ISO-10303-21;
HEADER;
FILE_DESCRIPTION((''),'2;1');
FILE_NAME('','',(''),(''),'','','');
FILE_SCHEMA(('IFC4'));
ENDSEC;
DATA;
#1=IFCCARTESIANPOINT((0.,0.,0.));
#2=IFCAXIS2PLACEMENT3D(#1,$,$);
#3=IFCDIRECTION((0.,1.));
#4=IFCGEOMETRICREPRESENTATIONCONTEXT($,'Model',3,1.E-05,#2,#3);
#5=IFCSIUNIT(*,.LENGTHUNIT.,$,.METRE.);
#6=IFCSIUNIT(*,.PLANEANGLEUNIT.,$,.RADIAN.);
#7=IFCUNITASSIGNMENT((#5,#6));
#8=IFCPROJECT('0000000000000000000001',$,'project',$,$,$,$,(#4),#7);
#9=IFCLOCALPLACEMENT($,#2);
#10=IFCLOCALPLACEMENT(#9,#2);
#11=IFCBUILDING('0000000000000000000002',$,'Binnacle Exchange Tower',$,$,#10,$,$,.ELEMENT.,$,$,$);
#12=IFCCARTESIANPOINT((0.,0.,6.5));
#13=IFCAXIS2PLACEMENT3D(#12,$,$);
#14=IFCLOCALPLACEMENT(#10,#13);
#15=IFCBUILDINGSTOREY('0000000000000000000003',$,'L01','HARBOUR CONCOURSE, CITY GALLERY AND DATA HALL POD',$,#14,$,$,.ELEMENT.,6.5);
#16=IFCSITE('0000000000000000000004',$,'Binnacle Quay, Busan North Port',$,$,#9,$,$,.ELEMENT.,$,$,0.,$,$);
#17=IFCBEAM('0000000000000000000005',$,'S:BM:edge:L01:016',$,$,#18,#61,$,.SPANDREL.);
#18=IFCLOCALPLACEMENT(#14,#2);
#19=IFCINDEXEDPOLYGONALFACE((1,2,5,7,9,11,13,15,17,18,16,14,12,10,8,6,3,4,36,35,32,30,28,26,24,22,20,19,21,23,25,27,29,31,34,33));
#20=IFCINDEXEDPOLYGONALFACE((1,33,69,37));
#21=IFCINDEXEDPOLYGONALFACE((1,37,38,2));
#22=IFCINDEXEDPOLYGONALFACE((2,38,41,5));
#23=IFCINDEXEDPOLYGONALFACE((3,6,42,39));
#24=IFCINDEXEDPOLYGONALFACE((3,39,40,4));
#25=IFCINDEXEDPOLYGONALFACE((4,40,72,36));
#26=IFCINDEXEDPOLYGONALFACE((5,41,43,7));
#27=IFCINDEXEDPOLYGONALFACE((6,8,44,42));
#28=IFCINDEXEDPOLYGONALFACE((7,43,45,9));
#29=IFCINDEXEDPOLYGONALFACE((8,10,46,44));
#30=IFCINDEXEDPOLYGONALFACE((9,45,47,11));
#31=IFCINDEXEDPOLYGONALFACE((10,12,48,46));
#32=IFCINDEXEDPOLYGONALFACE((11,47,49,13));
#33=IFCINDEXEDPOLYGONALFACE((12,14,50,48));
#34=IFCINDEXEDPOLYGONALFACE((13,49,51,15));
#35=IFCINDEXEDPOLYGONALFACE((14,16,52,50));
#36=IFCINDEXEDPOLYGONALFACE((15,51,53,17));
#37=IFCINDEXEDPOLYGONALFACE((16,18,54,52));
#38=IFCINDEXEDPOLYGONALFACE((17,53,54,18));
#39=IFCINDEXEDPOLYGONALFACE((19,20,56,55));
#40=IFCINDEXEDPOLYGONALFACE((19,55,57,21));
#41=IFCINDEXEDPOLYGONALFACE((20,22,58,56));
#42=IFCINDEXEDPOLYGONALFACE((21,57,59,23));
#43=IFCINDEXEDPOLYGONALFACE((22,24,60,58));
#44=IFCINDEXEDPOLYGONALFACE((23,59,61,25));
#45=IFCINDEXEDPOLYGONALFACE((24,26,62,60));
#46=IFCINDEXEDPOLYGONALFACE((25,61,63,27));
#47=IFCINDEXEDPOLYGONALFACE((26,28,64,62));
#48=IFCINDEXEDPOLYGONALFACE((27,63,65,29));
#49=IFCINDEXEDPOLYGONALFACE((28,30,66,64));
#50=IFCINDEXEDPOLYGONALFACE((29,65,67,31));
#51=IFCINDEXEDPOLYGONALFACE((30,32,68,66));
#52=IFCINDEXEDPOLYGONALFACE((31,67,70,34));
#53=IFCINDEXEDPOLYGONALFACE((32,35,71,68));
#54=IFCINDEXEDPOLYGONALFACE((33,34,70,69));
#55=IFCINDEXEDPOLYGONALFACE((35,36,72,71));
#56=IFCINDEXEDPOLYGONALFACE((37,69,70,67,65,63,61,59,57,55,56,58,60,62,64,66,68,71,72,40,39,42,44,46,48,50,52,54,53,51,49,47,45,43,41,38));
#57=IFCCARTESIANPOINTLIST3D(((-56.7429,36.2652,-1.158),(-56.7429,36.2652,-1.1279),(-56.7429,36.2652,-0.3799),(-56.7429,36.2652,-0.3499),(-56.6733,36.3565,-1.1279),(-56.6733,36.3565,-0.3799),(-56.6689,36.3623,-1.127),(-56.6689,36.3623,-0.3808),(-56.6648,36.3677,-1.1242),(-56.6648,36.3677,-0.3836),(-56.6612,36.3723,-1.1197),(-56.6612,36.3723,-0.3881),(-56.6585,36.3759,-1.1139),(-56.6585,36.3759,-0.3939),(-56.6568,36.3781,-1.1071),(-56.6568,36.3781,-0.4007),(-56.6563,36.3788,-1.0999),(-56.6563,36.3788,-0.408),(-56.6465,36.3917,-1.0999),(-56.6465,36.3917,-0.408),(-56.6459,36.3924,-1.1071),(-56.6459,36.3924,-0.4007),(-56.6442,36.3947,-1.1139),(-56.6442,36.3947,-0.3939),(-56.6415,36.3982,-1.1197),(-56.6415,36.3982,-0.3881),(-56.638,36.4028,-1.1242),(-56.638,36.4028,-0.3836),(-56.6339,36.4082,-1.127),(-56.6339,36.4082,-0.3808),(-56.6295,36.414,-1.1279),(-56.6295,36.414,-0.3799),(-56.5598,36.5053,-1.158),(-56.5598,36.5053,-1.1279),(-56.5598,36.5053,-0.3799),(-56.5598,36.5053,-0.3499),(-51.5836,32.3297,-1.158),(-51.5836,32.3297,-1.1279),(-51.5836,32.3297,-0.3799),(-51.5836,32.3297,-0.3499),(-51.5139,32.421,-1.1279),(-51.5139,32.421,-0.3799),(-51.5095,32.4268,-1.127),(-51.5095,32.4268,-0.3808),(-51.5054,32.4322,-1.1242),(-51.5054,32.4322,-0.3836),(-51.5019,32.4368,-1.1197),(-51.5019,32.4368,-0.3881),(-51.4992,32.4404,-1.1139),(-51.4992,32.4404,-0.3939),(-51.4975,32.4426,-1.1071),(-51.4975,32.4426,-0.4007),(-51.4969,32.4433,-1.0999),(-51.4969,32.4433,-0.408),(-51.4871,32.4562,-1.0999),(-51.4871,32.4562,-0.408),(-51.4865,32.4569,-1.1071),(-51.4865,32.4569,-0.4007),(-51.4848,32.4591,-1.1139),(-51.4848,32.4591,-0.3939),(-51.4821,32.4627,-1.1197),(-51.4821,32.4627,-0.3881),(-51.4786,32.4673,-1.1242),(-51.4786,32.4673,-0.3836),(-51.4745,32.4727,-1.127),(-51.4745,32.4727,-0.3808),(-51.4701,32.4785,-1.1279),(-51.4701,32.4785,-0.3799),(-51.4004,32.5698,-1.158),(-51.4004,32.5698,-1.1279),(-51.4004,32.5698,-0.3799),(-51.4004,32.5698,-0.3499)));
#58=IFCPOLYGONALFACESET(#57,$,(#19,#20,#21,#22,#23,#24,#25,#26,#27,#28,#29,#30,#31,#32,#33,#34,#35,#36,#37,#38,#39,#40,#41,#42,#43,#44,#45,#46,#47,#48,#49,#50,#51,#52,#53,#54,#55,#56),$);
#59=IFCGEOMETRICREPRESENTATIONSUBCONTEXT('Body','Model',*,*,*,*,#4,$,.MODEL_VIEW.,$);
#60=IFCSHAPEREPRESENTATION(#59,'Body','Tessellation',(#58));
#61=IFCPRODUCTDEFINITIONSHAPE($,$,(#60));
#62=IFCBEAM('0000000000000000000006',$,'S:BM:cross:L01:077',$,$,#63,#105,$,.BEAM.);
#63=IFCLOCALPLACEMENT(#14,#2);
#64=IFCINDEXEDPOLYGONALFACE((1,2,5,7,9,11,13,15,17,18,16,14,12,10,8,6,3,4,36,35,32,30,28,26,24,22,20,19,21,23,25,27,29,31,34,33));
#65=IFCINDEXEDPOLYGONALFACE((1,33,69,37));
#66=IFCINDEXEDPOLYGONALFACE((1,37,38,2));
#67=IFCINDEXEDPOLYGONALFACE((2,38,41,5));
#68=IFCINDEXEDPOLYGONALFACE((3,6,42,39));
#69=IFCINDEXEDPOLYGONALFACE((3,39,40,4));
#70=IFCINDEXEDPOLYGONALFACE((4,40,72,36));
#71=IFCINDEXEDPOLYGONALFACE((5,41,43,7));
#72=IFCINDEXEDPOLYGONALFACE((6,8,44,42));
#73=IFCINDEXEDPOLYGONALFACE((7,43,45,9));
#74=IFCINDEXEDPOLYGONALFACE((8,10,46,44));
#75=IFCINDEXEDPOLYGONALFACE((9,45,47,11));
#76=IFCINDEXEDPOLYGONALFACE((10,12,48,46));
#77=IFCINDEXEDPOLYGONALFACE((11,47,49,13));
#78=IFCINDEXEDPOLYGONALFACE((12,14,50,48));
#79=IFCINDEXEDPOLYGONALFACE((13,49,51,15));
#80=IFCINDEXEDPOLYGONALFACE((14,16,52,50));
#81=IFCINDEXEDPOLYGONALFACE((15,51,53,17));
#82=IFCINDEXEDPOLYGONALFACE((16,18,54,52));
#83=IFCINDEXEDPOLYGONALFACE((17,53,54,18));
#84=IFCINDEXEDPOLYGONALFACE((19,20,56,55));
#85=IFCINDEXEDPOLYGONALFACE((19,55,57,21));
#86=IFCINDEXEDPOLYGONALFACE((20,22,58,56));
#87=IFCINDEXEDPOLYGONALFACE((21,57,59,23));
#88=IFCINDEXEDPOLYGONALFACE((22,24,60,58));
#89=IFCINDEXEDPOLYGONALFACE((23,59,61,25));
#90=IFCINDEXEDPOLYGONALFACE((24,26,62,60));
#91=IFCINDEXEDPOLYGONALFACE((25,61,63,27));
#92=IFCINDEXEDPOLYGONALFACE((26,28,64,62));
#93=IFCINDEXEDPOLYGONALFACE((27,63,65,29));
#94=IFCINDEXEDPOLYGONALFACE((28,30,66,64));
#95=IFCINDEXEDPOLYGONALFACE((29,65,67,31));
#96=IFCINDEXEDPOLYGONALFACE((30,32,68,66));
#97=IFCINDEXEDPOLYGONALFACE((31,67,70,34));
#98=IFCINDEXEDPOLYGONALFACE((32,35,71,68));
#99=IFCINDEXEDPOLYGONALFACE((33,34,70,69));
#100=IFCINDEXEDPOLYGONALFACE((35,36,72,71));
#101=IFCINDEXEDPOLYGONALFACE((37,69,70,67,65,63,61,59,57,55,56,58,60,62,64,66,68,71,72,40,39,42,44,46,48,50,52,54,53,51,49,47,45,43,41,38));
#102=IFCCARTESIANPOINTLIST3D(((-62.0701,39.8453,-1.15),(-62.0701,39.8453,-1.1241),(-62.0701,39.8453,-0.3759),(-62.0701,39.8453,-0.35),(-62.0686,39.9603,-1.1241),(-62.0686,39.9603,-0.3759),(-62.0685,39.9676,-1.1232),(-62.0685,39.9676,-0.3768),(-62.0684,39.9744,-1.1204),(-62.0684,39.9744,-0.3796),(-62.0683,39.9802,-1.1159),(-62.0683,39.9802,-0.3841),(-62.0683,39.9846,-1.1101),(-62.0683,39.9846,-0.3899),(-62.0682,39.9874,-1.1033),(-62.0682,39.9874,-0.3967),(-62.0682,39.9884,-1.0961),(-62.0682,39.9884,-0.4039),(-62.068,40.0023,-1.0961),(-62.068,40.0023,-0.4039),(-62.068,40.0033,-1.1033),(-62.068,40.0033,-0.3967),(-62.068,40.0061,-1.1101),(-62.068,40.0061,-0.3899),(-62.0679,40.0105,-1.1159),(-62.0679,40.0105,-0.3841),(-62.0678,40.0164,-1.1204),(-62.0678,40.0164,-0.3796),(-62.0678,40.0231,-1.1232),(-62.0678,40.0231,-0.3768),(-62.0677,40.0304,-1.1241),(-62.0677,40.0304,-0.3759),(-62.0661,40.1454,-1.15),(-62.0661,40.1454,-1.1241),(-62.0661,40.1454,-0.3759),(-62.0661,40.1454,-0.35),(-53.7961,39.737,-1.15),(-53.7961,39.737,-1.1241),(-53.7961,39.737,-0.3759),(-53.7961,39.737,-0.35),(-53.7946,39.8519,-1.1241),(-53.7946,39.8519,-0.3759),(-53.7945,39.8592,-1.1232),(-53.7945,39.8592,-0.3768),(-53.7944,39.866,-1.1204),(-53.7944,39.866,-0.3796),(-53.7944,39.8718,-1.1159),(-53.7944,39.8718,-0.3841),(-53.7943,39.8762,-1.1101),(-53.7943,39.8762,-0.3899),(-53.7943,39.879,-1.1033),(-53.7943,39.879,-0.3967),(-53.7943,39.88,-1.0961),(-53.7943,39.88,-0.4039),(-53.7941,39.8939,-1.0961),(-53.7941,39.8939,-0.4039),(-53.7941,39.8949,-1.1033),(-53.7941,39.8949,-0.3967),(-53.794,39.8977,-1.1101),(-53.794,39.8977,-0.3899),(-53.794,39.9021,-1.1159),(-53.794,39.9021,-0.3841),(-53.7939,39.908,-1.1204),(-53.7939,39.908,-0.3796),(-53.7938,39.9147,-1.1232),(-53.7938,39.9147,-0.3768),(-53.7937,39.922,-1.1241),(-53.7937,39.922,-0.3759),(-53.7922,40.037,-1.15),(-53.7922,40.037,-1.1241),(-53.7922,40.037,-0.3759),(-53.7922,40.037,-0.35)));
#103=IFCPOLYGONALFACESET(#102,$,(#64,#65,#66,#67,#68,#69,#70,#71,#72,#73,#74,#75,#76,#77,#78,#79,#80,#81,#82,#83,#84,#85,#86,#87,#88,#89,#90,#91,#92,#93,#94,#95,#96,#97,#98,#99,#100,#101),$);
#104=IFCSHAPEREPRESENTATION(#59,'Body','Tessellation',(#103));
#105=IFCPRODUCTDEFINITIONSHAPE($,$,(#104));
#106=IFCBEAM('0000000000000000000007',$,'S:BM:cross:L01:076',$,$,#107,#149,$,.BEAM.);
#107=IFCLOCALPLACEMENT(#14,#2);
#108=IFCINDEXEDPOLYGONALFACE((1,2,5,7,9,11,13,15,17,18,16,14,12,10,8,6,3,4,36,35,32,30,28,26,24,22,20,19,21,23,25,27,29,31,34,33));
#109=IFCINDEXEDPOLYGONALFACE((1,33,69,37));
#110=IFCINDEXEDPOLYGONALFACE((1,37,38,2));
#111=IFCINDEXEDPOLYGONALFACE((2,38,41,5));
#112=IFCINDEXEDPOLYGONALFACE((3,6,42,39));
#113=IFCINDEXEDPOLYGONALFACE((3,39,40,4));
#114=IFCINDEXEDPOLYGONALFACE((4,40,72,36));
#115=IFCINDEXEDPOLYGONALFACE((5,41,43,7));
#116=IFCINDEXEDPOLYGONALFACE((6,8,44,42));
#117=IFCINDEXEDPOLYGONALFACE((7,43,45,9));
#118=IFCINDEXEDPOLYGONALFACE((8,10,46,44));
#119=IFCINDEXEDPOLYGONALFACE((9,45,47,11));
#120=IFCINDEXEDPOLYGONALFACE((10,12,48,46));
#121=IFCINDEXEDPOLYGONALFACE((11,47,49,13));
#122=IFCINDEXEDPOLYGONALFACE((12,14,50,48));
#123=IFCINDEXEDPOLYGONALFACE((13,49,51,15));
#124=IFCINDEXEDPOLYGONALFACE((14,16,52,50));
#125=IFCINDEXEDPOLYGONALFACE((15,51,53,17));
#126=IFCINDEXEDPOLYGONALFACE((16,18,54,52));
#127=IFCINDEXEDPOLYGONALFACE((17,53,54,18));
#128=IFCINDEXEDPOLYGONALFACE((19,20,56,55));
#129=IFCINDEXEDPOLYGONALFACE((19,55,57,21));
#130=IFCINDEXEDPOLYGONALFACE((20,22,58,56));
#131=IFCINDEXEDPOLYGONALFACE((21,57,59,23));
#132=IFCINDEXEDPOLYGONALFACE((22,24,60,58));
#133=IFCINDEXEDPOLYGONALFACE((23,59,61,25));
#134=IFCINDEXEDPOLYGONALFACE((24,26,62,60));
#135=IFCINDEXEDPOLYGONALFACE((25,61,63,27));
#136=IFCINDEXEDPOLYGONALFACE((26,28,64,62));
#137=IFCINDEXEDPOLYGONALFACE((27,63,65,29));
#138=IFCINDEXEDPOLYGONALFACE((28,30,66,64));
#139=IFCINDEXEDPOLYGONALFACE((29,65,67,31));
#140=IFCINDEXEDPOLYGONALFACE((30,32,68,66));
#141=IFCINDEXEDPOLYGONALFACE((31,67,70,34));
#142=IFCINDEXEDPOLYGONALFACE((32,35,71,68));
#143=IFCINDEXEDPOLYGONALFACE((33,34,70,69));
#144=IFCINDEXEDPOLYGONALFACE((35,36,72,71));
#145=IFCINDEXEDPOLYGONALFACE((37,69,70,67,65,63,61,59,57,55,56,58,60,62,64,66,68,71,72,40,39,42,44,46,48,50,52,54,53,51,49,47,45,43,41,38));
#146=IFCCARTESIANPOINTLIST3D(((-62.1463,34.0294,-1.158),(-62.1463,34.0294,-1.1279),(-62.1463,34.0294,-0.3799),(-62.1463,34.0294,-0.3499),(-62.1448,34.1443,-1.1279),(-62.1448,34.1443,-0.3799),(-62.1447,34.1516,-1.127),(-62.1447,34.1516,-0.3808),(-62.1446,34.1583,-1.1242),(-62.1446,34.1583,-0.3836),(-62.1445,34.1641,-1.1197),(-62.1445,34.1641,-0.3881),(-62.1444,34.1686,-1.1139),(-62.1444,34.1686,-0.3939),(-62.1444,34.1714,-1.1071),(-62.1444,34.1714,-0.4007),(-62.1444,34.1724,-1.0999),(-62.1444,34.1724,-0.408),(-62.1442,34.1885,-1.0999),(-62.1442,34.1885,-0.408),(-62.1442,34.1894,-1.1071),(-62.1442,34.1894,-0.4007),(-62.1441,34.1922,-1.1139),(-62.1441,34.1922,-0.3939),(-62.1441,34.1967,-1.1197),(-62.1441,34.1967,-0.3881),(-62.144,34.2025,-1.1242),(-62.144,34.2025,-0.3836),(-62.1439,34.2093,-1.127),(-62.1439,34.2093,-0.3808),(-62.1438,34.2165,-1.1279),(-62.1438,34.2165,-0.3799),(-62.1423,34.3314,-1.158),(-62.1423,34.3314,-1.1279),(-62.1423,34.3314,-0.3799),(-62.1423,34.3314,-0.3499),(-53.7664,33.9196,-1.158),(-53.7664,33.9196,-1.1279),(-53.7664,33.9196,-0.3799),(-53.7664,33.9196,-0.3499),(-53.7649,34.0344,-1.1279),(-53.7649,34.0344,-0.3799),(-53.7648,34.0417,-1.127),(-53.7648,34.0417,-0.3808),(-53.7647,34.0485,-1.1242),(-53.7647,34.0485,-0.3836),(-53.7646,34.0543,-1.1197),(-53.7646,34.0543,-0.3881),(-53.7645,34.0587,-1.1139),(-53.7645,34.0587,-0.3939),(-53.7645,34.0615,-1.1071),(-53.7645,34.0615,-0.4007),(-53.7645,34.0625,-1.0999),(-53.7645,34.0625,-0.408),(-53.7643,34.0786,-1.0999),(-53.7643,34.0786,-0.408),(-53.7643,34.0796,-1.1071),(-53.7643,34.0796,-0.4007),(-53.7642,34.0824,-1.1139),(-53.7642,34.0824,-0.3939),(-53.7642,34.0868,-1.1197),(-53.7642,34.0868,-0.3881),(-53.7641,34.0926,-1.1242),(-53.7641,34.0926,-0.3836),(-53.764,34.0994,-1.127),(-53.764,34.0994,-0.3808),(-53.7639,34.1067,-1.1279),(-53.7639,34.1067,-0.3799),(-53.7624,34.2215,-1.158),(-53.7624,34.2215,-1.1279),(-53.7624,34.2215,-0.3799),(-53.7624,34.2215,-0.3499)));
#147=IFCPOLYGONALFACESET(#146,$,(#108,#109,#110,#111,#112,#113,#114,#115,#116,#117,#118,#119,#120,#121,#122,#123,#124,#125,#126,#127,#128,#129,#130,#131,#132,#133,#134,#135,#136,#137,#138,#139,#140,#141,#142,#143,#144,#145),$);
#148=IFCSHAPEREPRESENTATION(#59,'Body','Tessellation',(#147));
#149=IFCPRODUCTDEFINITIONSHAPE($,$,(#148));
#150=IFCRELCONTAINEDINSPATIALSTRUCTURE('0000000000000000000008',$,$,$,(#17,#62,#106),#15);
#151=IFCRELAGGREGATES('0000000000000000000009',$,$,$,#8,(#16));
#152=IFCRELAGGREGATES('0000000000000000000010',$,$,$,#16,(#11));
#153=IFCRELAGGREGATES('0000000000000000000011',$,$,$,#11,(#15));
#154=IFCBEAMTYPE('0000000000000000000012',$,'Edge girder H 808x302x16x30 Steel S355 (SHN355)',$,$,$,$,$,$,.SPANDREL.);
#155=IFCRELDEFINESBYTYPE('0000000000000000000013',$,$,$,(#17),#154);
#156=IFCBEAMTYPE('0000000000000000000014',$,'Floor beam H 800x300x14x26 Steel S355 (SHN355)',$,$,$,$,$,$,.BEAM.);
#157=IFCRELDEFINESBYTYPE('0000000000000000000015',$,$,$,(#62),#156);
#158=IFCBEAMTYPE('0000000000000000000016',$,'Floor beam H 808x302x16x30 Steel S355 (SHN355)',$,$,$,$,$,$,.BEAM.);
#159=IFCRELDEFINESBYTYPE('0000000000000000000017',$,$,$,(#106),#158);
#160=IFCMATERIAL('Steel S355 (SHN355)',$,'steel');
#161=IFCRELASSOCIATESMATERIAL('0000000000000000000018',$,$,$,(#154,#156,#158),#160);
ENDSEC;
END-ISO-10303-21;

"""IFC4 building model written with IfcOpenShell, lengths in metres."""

from ifc_helpers import new_model, si_unit, direction, frame, origin, origin_2d, place, context, subcontext, project, spatial, i_section, extrude, material, material_profile, profile_set, type_object, element, save


model = new_model("IFC4")

# Units and contexts
model_context = context("Model", 3, precision=1e-05, world=origin(), true_north=direction((0.0, 1.0)))
body_context = subcontext(model_context, "Body", "Model", "MODEL_VIEW")
ifc_project = project(units=[si_unit("LENGTHUNIT", "METRE"), si_unit("PLANEANGLEUNIT", "RADIAN")], contexts=[model_context])

# Site, building, storey
site_placement = place(None, origin())
site = spatial("IfcSite", under=ifc_project, at=site_placement, Name="Binnacle Quay, Busan North Port", CompositionType="ELEMENT", RefElevation=0.0)
building_placement = place(site_placement, origin())
building = spatial("IfcBuilding", under=site, at=building_placement, Name="Binnacle Exchange Tower", CompositionType="ELEMENT")
storey_placement = place(building_placement, frame((0.0, 0.0, 6.5)))
storey = spatial("IfcBuildingStorey", under=building, at=storey_placement, Name="L01", Description="HARBOUR CONCOURSE, CITY GALLERY AND DATA HALL POD", CompositionType="ELEMENT", Elevation=6.5)

# Beams
ifc_material_1 = material(Name="Steel S355 (SHN355)", Category="steel")
ifc_material_profile_1 = material_profile(ifc_material_1, i_section(OverallWidth=0.302, OverallDepth=0.8081, WebThickness=0.0161, FlangeThickness=0.03, FilletRadius=0.0281, at=origin_2d()), Name="H 808x302x16x30")
ifc_profile_set_1 = profile_set([ifc_material_profile_1], Name="Steel S355 (SHN355)")
beam_type_1 = type_object("IfcBeamType", Name="Edge girder H 808x302x16x30 Steel S355 (SHN355)", PredefinedType="SPANDREL", material=ifc_profile_set_1)
beam_1_placement = place(storey_placement, frame((-56.6514, 36.3853, -0.7539), z_axis=(0.795093, -0.606487, 0.0), x_axis=(0.606487, 0.795093, 0.0)))
element("IfcBeam", 1, at=beam_1_placement, inside=storey, type_object=beam_type_1, Name="S:BM:edge:L01:016", PredefinedType="SPANDREL", context=body_context, shape_type="SweptSolid", body=[
    extrude(i_section(OverallWidth=0.302, OverallDepth=0.8081, WebThickness=0.0161, FlangeThickness=0.03, FilletRadius=0.0281, at=origin_2d()), origin(), (0.0, 0.0, 1.0), 6.489),
])
ifc_material_profile_2 = material_profile(ifc_material_1, i_section(OverallWidth=0.3, OverallDepth=0.8, WebThickness=0.0139, FlangeThickness=0.0259, FilletRadius=0.0281, at=origin_2d()), Name="H 800x300x14x26")
ifc_profile_set_2 = profile_set([ifc_material_profile_2], Name="Steel S355 (SHN355)")
beam_type_2 = type_object("IfcBeamType", Name="Floor beam H 800x300x14x26 Steel S355 (SHN355)", PredefinedType="BEAM", material=ifc_profile_set_2)
beam_2_placement = place(storey_placement, frame((-62.0681, 39.9954, -0.75), z_axis=(0.999914, -0.0131, 0.0), x_axis=(0.0131, 0.999914, 0.0)))
element("IfcBeam", 2, at=beam_2_placement, inside=storey, type_object=beam_type_2, Name="S:BM:cross:L01:077", PredefinedType="BEAM", context=body_context, shape_type="SweptSolid", body=[
    extrude(i_section(OverallWidth=0.3, OverallDepth=0.8, WebThickness=0.0139, FlangeThickness=0.0259, FilletRadius=0.0281, at=origin_2d()), origin(), (0.0, 0.0, 1.0), 8.2747),
])
ifc_material_profile_3 = material_profile(ifc_material_1, i_section(OverallWidth=0.302, OverallDepth=0.8081, WebThickness=0.0161, FlangeThickness=0.03, FilletRadius=0.0281, at=origin_2d()), Name="H 808x302x16x30")
ifc_profile_set_3 = profile_set([ifc_material_profile_3], Name="Steel S355 (SHN355)")
beam_type_3 = type_object("IfcBeamType", Name="Floor beam H 808x302x16x30 Steel S355 (SHN355)", PredefinedType="BEAM", material=ifc_profile_set_3)
beam_3_placement = place(storey_placement, frame((-62.1443, 34.1804, -0.7539), z_axis=(0.999914, -0.013109, 0.0), x_axis=(0.013109, 0.999914, 0.0)))
element("IfcBeam", 3, at=beam_3_placement, inside=storey, type_object=beam_type_3, Name="S:BM:cross:L01:076", PredefinedType="BEAM", context=body_context, shape_type="SweptSolid", body=[
    extrude(i_section(OverallWidth=0.302, OverallDepth=0.8081, WebThickness=0.0161, FlangeThickness=0.03, FilletRadius=0.0281, at=origin_2d()), origin(), (0.0, 0.0, 1.0), 8.3806),
])

save(model, "model.ifc")
